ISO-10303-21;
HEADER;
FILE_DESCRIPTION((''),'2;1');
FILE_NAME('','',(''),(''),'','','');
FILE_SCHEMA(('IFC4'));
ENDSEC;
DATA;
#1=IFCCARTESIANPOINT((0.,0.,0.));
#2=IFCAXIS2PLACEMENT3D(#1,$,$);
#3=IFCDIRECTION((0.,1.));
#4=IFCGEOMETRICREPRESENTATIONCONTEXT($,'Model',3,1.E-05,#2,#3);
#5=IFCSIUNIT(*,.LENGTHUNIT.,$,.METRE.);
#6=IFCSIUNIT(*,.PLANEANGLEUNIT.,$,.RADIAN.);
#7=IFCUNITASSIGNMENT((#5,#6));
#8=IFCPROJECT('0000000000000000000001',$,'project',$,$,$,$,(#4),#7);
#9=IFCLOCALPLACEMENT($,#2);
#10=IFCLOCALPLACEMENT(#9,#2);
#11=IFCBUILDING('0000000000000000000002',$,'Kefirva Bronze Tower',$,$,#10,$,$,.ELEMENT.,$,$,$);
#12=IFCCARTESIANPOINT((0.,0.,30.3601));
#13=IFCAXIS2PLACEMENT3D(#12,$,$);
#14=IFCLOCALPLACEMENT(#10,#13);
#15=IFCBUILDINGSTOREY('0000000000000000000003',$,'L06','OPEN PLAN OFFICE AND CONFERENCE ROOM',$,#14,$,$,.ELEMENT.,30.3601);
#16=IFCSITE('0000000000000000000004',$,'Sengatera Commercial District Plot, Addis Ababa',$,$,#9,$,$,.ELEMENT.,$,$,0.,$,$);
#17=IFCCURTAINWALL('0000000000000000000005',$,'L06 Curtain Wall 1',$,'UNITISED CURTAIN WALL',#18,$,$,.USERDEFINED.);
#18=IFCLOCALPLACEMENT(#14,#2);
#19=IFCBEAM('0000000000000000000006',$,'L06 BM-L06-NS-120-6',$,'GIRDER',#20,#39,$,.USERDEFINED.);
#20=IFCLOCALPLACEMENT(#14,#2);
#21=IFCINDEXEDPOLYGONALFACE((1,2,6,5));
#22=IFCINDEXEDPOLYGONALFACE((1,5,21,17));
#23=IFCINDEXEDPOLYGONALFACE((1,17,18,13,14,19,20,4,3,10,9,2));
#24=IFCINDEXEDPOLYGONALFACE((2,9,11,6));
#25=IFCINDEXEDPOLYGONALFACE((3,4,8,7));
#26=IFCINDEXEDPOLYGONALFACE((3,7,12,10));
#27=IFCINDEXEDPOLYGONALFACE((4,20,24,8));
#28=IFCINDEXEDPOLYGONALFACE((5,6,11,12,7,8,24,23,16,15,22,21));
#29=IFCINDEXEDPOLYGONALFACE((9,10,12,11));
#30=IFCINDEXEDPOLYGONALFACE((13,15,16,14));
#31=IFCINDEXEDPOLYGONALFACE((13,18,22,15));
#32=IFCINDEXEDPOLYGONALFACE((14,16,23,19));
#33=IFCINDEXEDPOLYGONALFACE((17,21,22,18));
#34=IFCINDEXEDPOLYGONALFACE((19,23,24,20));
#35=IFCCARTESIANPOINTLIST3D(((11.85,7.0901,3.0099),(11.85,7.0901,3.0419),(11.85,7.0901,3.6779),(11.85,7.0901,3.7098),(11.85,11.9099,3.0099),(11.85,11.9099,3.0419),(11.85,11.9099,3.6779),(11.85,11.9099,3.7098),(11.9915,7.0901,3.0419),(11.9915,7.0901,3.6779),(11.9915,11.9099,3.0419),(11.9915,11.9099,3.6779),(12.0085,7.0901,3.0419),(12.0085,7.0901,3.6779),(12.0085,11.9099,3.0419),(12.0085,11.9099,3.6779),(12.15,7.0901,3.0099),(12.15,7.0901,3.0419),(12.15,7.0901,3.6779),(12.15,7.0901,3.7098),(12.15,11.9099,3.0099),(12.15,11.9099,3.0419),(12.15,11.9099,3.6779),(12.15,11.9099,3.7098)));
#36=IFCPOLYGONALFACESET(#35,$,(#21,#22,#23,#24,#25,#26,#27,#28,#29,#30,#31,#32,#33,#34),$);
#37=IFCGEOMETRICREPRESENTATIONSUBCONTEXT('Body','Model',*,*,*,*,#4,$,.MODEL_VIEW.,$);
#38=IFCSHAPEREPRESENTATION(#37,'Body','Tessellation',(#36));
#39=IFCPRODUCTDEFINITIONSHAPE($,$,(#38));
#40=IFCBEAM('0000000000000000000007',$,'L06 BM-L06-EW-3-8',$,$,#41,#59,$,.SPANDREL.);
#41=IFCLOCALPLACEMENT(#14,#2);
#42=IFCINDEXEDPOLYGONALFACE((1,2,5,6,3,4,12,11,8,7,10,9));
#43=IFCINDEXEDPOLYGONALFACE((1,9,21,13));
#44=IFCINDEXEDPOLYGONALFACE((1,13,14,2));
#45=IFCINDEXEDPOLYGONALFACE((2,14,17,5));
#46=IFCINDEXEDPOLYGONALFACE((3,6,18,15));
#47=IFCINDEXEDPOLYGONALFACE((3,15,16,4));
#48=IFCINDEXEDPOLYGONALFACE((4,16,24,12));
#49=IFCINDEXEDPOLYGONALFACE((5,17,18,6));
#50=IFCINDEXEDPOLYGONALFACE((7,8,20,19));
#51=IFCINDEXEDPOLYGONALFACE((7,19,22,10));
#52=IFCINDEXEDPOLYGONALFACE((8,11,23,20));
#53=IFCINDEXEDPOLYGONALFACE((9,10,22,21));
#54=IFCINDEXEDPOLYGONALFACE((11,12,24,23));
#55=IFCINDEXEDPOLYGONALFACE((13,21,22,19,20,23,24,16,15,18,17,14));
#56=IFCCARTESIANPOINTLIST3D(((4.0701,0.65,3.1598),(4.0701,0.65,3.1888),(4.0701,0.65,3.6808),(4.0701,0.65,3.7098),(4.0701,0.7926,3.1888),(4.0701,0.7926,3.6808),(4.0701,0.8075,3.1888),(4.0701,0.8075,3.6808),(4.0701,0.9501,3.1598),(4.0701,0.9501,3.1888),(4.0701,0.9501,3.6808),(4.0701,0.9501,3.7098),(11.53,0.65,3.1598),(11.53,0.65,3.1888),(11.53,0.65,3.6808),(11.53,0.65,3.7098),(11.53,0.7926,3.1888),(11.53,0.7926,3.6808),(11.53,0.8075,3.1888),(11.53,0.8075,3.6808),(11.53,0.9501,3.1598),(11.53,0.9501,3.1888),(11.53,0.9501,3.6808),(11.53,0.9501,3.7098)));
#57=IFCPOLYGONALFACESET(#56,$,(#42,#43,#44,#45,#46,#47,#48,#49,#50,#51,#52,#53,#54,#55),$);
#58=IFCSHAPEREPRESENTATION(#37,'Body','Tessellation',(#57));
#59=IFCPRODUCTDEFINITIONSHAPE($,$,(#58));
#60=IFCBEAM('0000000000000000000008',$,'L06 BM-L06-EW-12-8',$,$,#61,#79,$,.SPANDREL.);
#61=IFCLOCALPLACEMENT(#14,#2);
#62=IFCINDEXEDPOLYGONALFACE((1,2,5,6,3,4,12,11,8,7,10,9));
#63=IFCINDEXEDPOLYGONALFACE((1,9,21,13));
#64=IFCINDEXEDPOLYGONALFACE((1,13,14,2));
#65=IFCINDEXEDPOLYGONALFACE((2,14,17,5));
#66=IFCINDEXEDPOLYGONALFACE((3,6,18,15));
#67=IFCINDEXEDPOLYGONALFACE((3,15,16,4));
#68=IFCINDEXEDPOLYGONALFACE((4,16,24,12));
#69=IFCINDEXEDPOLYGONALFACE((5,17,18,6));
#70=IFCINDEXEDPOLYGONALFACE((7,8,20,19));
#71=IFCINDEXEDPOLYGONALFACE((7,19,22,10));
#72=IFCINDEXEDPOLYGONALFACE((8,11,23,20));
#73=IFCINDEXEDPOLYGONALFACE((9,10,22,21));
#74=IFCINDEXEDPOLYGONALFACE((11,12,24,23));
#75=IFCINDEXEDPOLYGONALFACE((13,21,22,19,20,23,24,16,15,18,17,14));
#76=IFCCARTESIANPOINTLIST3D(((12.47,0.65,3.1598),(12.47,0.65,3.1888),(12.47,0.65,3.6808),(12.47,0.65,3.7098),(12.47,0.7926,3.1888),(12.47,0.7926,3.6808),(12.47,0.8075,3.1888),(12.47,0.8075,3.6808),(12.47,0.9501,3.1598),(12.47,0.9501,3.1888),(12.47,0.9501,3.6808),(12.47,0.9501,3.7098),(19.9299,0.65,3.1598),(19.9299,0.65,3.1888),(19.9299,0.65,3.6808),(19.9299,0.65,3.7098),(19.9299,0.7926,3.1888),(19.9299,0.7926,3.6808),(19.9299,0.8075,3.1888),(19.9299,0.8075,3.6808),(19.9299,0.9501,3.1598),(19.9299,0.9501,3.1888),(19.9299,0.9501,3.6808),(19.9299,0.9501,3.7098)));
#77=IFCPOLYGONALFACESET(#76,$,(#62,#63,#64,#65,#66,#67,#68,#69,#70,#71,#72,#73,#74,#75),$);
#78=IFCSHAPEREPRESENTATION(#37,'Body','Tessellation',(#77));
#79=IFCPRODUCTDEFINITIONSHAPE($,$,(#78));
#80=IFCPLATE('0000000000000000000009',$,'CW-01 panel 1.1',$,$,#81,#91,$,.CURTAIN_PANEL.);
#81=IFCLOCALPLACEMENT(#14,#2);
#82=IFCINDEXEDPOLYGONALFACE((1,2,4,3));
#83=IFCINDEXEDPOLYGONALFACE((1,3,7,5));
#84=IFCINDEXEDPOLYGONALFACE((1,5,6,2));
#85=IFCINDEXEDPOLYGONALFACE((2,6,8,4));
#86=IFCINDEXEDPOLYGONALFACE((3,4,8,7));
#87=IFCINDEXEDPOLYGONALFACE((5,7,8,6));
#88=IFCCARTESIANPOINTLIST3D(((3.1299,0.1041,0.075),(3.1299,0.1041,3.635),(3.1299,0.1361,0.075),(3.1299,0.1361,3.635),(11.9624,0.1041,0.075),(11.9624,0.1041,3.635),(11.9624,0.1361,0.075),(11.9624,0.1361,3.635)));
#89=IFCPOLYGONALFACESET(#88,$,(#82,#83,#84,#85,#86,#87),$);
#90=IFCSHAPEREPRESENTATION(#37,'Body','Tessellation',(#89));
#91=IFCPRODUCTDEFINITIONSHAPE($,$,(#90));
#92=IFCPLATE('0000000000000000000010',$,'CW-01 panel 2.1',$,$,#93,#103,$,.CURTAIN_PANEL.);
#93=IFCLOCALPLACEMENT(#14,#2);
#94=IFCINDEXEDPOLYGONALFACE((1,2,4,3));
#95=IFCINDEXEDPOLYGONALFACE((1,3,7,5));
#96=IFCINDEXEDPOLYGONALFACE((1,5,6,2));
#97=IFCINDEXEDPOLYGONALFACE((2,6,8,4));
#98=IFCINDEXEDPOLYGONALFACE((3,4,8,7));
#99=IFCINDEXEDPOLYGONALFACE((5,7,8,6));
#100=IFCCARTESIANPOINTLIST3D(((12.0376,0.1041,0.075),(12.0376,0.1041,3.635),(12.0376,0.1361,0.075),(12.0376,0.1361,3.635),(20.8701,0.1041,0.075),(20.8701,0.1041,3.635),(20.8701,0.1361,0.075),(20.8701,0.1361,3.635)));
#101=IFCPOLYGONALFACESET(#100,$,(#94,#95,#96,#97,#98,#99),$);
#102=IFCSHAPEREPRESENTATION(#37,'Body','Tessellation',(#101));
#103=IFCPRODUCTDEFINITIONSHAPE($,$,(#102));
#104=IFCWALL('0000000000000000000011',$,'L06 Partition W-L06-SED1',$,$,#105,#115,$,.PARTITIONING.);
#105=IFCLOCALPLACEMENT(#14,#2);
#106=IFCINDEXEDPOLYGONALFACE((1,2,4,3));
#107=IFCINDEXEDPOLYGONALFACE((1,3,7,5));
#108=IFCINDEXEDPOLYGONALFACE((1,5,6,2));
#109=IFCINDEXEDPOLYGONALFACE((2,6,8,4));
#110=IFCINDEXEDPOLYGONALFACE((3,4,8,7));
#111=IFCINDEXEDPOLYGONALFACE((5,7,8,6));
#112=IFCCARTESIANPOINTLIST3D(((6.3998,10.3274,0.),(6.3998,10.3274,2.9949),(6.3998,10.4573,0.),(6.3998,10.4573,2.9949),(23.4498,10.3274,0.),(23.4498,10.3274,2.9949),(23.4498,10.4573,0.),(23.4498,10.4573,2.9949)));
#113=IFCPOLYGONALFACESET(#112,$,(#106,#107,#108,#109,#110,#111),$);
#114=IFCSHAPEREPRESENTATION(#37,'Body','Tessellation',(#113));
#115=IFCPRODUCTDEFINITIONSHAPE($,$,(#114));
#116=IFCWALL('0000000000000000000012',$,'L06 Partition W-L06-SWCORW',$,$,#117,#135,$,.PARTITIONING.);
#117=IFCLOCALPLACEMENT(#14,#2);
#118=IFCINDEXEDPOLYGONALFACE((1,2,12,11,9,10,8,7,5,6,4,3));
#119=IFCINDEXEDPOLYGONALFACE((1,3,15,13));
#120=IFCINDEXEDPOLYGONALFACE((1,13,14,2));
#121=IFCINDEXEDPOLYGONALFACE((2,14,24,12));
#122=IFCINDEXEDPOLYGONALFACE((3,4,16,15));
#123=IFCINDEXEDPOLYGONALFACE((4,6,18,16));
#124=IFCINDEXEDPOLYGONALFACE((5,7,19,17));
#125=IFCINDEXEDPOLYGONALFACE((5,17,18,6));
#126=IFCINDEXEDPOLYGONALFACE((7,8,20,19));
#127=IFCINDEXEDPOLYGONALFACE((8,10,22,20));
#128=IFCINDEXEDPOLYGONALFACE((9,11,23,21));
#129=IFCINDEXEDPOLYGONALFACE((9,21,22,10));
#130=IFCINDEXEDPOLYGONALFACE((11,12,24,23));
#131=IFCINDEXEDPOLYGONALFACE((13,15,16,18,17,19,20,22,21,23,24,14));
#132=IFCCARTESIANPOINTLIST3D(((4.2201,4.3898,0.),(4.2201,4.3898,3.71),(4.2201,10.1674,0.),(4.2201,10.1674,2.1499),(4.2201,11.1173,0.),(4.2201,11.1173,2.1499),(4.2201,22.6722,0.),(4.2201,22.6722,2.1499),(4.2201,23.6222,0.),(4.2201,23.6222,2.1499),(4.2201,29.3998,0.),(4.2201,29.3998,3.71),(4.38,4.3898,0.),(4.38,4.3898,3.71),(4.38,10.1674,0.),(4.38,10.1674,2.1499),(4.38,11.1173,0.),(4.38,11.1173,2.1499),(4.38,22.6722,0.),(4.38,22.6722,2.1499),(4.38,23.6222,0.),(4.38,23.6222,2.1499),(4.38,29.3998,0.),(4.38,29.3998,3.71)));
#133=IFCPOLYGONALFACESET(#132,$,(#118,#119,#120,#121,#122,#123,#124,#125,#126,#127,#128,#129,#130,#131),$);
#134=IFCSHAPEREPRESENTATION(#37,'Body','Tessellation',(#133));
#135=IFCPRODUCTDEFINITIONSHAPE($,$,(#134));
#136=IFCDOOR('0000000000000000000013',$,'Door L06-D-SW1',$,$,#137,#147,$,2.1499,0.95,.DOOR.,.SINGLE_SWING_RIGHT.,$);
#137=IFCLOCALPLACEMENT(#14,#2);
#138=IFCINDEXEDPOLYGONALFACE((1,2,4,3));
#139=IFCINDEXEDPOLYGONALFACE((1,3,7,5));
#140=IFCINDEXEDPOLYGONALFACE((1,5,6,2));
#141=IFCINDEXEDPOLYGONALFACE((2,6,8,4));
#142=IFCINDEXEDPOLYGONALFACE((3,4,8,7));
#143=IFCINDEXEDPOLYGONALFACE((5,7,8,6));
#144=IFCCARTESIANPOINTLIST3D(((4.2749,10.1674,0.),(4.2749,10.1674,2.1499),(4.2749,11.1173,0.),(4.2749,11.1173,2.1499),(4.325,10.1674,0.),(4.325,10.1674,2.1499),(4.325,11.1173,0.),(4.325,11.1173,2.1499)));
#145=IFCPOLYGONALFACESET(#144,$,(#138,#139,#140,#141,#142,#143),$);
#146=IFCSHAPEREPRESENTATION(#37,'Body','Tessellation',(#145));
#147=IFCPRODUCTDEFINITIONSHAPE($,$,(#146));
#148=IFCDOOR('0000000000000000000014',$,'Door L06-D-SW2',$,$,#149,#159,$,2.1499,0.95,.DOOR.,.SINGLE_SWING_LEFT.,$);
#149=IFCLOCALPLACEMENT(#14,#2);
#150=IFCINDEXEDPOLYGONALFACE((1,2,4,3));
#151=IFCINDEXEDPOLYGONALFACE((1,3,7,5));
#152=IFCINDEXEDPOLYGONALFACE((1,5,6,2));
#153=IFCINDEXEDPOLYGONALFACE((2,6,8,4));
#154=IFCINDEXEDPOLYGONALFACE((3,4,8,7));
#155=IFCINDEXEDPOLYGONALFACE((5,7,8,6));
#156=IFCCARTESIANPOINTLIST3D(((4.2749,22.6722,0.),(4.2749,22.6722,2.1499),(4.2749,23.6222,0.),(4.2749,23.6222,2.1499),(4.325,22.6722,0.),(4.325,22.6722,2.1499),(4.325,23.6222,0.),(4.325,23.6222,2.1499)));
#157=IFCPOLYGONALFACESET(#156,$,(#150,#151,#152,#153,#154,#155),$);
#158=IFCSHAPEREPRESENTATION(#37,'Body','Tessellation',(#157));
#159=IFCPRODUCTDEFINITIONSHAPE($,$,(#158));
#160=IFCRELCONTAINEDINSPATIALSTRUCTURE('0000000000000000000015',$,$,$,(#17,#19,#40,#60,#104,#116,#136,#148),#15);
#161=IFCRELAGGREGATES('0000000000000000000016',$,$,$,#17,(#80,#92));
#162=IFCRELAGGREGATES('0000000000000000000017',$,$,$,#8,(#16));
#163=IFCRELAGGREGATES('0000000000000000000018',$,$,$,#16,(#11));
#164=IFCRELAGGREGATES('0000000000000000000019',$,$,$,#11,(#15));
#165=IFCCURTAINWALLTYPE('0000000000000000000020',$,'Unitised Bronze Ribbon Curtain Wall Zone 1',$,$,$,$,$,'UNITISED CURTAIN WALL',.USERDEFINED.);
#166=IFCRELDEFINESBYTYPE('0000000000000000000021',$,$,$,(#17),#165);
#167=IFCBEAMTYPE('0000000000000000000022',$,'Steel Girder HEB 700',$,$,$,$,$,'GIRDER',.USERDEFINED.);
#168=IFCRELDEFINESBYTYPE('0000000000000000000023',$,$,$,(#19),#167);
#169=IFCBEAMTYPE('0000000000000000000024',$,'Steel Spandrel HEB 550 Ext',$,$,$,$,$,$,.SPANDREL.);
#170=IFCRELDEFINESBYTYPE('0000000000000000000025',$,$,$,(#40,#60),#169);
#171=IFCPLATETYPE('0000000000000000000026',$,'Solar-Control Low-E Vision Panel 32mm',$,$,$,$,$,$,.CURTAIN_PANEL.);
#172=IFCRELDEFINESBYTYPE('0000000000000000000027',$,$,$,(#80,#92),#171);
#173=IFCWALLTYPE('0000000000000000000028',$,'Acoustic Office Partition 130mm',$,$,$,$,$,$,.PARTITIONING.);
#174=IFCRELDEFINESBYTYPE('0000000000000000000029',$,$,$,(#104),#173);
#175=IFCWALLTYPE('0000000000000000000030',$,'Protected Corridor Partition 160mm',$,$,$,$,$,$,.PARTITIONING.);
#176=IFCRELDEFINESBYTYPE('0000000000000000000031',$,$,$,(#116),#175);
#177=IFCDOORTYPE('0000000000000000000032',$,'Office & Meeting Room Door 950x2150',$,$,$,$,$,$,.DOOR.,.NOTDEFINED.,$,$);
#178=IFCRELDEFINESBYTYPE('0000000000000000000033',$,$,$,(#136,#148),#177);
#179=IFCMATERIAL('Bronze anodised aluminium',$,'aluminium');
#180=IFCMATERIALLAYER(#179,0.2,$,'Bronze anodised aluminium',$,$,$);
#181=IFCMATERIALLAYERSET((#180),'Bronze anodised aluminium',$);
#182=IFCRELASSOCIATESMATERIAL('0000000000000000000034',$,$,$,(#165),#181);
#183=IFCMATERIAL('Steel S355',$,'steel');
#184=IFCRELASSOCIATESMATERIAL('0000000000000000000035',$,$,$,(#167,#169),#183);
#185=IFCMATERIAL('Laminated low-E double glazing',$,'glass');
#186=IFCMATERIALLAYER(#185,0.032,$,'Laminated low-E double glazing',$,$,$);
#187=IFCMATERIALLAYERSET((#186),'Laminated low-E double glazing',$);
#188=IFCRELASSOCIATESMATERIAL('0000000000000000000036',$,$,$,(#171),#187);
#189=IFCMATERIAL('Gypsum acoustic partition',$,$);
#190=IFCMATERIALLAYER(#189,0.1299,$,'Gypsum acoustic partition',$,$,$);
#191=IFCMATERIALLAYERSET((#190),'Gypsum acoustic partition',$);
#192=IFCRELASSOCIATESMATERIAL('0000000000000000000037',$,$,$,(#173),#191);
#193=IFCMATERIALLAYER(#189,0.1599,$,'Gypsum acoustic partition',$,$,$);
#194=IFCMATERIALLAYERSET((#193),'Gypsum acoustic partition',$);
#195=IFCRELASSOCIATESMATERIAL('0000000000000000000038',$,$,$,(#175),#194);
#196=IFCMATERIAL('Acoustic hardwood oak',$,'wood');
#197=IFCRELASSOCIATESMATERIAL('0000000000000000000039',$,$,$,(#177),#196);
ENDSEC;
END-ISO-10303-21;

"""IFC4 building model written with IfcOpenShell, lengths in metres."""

from ifc_helpers import new_model, si_unit, direction, frame, frame_2d, origin, origin_2d, place, context, subcontext, project, spatial, rectangle, i_section, extrude, material, layer, layer_set, material_profile, profile_set, type_object, element, fill, aggregate, save


model = new_model("IFC4")

# Units and contexts
model_context = context("Model", 3, precision=1e-05, world=origin(), true_north=direction((0.0, 1.0)))
body_context = subcontext(model_context, "Body", "Model", "MODEL_VIEW")
ifc_project = project(units=[si_unit("LENGTHUNIT", "METRE"), si_unit("PLANEANGLEUNIT", "RADIAN")], contexts=[model_context])

# Site, building, storey
site_placement = place(None, origin())
site = spatial("IfcSite", under=ifc_project, at=site_placement, Name="Sengatera Commercial District Plot, Addis Ababa", CompositionType="ELEMENT", RefElevation=0.0)
building_placement = place(site_placement, origin())
building = spatial("IfcBuilding", under=site, at=building_placement, Name="Kefirva Bronze Tower", CompositionType="ELEMENT")
storey_placement = place(building_placement, frame((0.0, 0.0, 30.3601)))
storey = spatial("IfcBuildingStorey", under=building, at=storey_placement, Name="L06", Description="OPEN PLAN OFFICE AND CONFERENCE ROOM", CompositionType="ELEMENT", Elevation=30.3601)

# Curtain wall
ifc_material_1 = material(Name="Bronze anodised aluminium", Category="aluminium")
ifc_layer_1 = layer(ifc_material_1, 0.2, Name="Bronze anodised aluminium")
ifc_layer_set_1 = layer_set([ifc_layer_1], Name="Bronze anodised aluminium")
curtain_wall_type = type_object("IfcCurtainWallType", Name="Unitised Bronze Ribbon Curtain Wall Zone 1", ElementType="UNITISED CURTAIN WALL", PredefinedType="USERDEFINED", material=ifc_layer_set_1)
curtain_wall_placement = place(storey_placement, origin())
curtain_wall = element("IfcCurtainWall", 1, at=curtain_wall_placement, inside=storey, type_object=curtain_wall_type, Name="L06 Curtain Wall 1", ObjectType="UNITISED CURTAIN WALL", PredefinedType="USERDEFINED")

# Beams
ifc_material_2 = material(Name="Steel S355", Category="steel")
ifc_material_profile_1 = material_profile(ifc_material_2, i_section(OverallWidth=0.3, OverallDepth=0.7, WebThickness=0.0171, FlangeThickness=0.032, at=origin_2d()), Name="HEB 700")
ifc_profile_set_1 = profile_set([ifc_material_profile_1], Name="Steel S355")
beam_type_1 = type_object("IfcBeamType", Name="Steel Girder HEB 700", ElementType="GIRDER", PredefinedType="USERDEFINED", material=ifc_profile_set_1)
beam_1_placement = place(storey_placement, frame((12.0, 7.0901, 3.3599), z_axis=(0.0, 1.0, 0.0), x_axis=(-1.0, 0.0, 0.0)))
element("IfcBeam", 2, at=beam_1_placement, inside=storey, type_object=beam_type_1, Name="L06 BM-L06-NS-120-6", ObjectType="GIRDER", PredefinedType="USERDEFINED", context=body_context, shape_type="SweptSolid", body=[
    extrude(i_section(OverallWidth=0.3, OverallDepth=0.7, WebThickness=0.0171, FlangeThickness=0.032, at=origin_2d()), origin(), (0.0, 0.0, 1.0), 4.8198),
])
ifc_material_profile_2 = material_profile(ifc_material_2, i_section(OverallWidth=0.3, OverallDepth=0.55, WebThickness=0.0149, FlangeThickness=0.0291, at=origin_2d()), Name="HEB 550")
ifc_profile_set_2 = profile_set([ifc_material_profile_2], Name="Steel S355")
beam_type_2 = type_object("IfcBeamType", Name="Steel Spandrel HEB 550 Ext", PredefinedType="SPANDREL", material=ifc_profile_set_2)
for number, where, z_axis, x_axis, name in (
    (3, (4.0701, 0.8, 3.4348), (1.0, 0.0, 0.0), (0.0, 1.0, 0.0), "L06 BM-L06-EW-3-8"),
    (4, (12.47, 0.8, 3.4348), (1.0, 0.0, 0.0), (0.0, 1.0, 0.0), "L06 BM-L06-EW-12-8"),
):
    element("IfcBeam", number, at=place(storey_placement, frame(where, z_axis=z_axis, x_axis=x_axis)), inside=storey, type_object=beam_type_2, Name=name, PredefinedType="SPANDREL", context=body_context, shape_type="SweptSolid", body=[
        extrude(i_section(OverallWidth=0.3, OverallDepth=0.55, WebThickness=0.0149, FlangeThickness=0.0291, at=origin_2d()), origin(), (0.0, 0.0, 1.0), 7.46),
    ])

# Plates
ifc_material_3 = material(Name="Laminated low-E double glazing", Category="glass")
ifc_layer_2 = layer(ifc_material_3, 0.032, Name="Laminated low-E double glazing")
ifc_layer_set_2 = layer_set([ifc_layer_2], Name="Laminated low-E double glazing")
plate_type = type_object("IfcPlateType", Name="Solar-Control Low-E Vision Panel 32mm", PredefinedType="CURTAIN_PANEL", material=ifc_layer_set_2)
plate_1_placement = place(storey_placement, frame((7.5461, 0.1201, 0.075), z_axis=(0.0, 0.0, 1.0), x_axis=(1.0, 0.0, 0.0)))
plate_1 = element("IfcPlate", 5, at=plate_1_placement, type_object=plate_type, Name="CW-01 panel 1.1", PredefinedType="CURTAIN_PANEL", context=body_context, shape_type="SweptSolid", body=[
    extrude(rectangle(XDim=8.8325, YDim=0.032, at=origin_2d()), origin(), (0.0, 0.0, 1.0), 3.5601),
])
plate_2_placement = place(storey_placement, frame((16.4539, 0.1201, 0.075), z_axis=(0.0, 0.0, 1.0), x_axis=(1.0, 0.0, 0.0)))
plate_2 = element("IfcPlate", 6, at=plate_2_placement, type_object=plate_type, Name="CW-01 panel 2.1", PredefinedType="CURTAIN_PANEL", context=body_context, shape_type="SweptSolid", body=[
    extrude(rectangle(XDim=8.8325, YDim=0.032, at=origin_2d()), origin(), (0.0, 0.0, 1.0), 3.5601),
])
aggregate(curtain_wall, [plate_1, plate_2])

# Wall
ifc_material_4 = material(Name="Gypsum acoustic partition")
ifc_layer_3 = layer(ifc_material_4, 0.1299, Name="Gypsum acoustic partition")
ifc_layer_set_3 = layer_set([ifc_layer_3], Name="Gypsum acoustic partition")
wall_type_1 = type_object("IfcWallType", Name="Acoustic Office Partition 130mm", PredefinedType="PARTITIONING", material=ifc_layer_set_3)
wall_1_placement = place(storey_placement, frame((6.3999, 10.3923, 0.0), z_axis=(0.0, 0.0, 1.0), x_axis=(1.0, 0.0, 0.0)))
element("IfcWall", 7, at=wall_1_placement, inside=storey, type_object=wall_type_1, Name="L06 Partition W-L06-SED1", PredefinedType="PARTITIONING", context=body_context, shape_type="SweptSolid", body=[
    extrude(rectangle(XDim=17.05, YDim=0.1299, at=frame_2d((8.5249, 0.0))), origin(), (0.0, 0.0, 1.0), 2.9949),
])

# Wall, openings, doors
ifc_layer_4 = layer(ifc_material_4, 0.1599, Name="Gypsum acoustic partition")
ifc_layer_set_4 = layer_set([ifc_layer_4], Name="Gypsum acoustic partition")
wall_type_2 = type_object("IfcWallType", Name="Protected Corridor Partition 160mm", PredefinedType="PARTITIONING", material=ifc_layer_set_4)
wall_2_placement = place(storey_placement, frame((4.3, 4.3899, 0.0), z_axis=(0.0, 0.0, 1.0), x_axis=(0.0, 1.0, 0.0)))
wall_2 = element("IfcWall", 8, at=wall_2_placement, inside=storey, type_object=wall_type_2, Name="L06 Partition W-L06-SWCORW", PredefinedType="PARTITIONING", context=body_context, shape_type="SweptSolid", body=[
    extrude(rectangle(XDim=25.01, YDim=0.1599, at=frame_2d((12.5049, 0.0))), origin(), (0.0, 0.0, 1.0), 3.71),
])
opening_1_placement = place(wall_2_placement, frame((6.7275, 0.0, 0.0), z_axis=(0.0, 0.0, 1.0), x_axis=(-1.0, 0.0, 0.0)))
opening_1 = element("IfcOpeningElement", 9, at=opening_1_placement, cuts=wall_2, PredefinedType="OPENING", context=body_context, shape_type="SweptSolid", body=[
    extrude(rectangle(XDim=0.95, YDim=2.1499, at=frame_2d((0.4751, 1.075))), frame((0.0, 0.0898, 0.0), z_axis=(0.0, -1.0, 0.0), x_axis=(1.0, 0.0, 0.0)), (0.0, 0.0, 1.0), 0.1799),
])
opening_2_placement = place(wall_2_placement, frame((19.2324, 0.0, 0.0), z_axis=(0.0, 0.0, 1.0), x_axis=(-1.0, 0.0, 0.0)))
opening_2 = element("IfcOpeningElement", 10, at=opening_2_placement, cuts=wall_2, PredefinedType="OPENING", context=body_context, shape_type="SweptSolid", body=[
    extrude(rectangle(XDim=0.95, YDim=2.1499, at=frame_2d((0.4751, 1.075))), frame((0.0, 0.0898, 0.0), z_axis=(0.0, -1.0, 0.0), x_axis=(1.0, 0.0, 0.0)), (0.0, 0.0, 1.0), 0.1799),
])
ifc_material_5 = material(Name="Acoustic hardwood oak", Category="wood")
door_type = type_object("IfcDoorType", Name="Office & Meeting Room Door 950x2150", OperationType="NOTDEFINED", PredefinedType="DOOR", material=ifc_material_5)
door_1_placement = place(opening_1_placement, origin())
door_1 = element("IfcDoor", 11, at=door_1_placement, inside=storey, type_object=door_type, Name="Door L06-D-SW1", OperationType="SINGLE_SWING_RIGHT", OverallHeight=2.1499, OverallWidth=0.95, PredefinedType="DOOR", context=body_context, shape_type="SweptSolid", body=[
    extrude(rectangle(XDim=0.95, YDim=2.1499, at=frame_2d((0.4751, 1.075))), frame((0.0, 0.0249, 0.0), z_axis=(0.0, -1.0, 0.0), x_axis=(1.0, 0.0, 0.0)), (0.0, 0.0, 1.0), 0.05),
])
fill(opening_1, door_1)
door_2_placement = place(opening_2_placement, origin())
door_2 = element("IfcDoor", 12, at=door_2_placement, inside=storey, type_object=door_type, Name="Door L06-D-SW2", OperationType="SINGLE_SWING_LEFT", OverallHeight=2.1499, OverallWidth=0.95, PredefinedType="DOOR", context=body_context, shape_type="SweptSolid", body=[
    extrude(rectangle(XDim=0.95, YDim=2.1499, at=frame_2d((0.4751, 1.075))), frame((0.0, 0.0249, 0.0), z_axis=(0.0, -1.0, 0.0), x_axis=(1.0, 0.0, 0.0)), (0.0, 0.0, 1.0), 0.05),
])
fill(opening_2, door_2)

save(model, "model.ifc")
